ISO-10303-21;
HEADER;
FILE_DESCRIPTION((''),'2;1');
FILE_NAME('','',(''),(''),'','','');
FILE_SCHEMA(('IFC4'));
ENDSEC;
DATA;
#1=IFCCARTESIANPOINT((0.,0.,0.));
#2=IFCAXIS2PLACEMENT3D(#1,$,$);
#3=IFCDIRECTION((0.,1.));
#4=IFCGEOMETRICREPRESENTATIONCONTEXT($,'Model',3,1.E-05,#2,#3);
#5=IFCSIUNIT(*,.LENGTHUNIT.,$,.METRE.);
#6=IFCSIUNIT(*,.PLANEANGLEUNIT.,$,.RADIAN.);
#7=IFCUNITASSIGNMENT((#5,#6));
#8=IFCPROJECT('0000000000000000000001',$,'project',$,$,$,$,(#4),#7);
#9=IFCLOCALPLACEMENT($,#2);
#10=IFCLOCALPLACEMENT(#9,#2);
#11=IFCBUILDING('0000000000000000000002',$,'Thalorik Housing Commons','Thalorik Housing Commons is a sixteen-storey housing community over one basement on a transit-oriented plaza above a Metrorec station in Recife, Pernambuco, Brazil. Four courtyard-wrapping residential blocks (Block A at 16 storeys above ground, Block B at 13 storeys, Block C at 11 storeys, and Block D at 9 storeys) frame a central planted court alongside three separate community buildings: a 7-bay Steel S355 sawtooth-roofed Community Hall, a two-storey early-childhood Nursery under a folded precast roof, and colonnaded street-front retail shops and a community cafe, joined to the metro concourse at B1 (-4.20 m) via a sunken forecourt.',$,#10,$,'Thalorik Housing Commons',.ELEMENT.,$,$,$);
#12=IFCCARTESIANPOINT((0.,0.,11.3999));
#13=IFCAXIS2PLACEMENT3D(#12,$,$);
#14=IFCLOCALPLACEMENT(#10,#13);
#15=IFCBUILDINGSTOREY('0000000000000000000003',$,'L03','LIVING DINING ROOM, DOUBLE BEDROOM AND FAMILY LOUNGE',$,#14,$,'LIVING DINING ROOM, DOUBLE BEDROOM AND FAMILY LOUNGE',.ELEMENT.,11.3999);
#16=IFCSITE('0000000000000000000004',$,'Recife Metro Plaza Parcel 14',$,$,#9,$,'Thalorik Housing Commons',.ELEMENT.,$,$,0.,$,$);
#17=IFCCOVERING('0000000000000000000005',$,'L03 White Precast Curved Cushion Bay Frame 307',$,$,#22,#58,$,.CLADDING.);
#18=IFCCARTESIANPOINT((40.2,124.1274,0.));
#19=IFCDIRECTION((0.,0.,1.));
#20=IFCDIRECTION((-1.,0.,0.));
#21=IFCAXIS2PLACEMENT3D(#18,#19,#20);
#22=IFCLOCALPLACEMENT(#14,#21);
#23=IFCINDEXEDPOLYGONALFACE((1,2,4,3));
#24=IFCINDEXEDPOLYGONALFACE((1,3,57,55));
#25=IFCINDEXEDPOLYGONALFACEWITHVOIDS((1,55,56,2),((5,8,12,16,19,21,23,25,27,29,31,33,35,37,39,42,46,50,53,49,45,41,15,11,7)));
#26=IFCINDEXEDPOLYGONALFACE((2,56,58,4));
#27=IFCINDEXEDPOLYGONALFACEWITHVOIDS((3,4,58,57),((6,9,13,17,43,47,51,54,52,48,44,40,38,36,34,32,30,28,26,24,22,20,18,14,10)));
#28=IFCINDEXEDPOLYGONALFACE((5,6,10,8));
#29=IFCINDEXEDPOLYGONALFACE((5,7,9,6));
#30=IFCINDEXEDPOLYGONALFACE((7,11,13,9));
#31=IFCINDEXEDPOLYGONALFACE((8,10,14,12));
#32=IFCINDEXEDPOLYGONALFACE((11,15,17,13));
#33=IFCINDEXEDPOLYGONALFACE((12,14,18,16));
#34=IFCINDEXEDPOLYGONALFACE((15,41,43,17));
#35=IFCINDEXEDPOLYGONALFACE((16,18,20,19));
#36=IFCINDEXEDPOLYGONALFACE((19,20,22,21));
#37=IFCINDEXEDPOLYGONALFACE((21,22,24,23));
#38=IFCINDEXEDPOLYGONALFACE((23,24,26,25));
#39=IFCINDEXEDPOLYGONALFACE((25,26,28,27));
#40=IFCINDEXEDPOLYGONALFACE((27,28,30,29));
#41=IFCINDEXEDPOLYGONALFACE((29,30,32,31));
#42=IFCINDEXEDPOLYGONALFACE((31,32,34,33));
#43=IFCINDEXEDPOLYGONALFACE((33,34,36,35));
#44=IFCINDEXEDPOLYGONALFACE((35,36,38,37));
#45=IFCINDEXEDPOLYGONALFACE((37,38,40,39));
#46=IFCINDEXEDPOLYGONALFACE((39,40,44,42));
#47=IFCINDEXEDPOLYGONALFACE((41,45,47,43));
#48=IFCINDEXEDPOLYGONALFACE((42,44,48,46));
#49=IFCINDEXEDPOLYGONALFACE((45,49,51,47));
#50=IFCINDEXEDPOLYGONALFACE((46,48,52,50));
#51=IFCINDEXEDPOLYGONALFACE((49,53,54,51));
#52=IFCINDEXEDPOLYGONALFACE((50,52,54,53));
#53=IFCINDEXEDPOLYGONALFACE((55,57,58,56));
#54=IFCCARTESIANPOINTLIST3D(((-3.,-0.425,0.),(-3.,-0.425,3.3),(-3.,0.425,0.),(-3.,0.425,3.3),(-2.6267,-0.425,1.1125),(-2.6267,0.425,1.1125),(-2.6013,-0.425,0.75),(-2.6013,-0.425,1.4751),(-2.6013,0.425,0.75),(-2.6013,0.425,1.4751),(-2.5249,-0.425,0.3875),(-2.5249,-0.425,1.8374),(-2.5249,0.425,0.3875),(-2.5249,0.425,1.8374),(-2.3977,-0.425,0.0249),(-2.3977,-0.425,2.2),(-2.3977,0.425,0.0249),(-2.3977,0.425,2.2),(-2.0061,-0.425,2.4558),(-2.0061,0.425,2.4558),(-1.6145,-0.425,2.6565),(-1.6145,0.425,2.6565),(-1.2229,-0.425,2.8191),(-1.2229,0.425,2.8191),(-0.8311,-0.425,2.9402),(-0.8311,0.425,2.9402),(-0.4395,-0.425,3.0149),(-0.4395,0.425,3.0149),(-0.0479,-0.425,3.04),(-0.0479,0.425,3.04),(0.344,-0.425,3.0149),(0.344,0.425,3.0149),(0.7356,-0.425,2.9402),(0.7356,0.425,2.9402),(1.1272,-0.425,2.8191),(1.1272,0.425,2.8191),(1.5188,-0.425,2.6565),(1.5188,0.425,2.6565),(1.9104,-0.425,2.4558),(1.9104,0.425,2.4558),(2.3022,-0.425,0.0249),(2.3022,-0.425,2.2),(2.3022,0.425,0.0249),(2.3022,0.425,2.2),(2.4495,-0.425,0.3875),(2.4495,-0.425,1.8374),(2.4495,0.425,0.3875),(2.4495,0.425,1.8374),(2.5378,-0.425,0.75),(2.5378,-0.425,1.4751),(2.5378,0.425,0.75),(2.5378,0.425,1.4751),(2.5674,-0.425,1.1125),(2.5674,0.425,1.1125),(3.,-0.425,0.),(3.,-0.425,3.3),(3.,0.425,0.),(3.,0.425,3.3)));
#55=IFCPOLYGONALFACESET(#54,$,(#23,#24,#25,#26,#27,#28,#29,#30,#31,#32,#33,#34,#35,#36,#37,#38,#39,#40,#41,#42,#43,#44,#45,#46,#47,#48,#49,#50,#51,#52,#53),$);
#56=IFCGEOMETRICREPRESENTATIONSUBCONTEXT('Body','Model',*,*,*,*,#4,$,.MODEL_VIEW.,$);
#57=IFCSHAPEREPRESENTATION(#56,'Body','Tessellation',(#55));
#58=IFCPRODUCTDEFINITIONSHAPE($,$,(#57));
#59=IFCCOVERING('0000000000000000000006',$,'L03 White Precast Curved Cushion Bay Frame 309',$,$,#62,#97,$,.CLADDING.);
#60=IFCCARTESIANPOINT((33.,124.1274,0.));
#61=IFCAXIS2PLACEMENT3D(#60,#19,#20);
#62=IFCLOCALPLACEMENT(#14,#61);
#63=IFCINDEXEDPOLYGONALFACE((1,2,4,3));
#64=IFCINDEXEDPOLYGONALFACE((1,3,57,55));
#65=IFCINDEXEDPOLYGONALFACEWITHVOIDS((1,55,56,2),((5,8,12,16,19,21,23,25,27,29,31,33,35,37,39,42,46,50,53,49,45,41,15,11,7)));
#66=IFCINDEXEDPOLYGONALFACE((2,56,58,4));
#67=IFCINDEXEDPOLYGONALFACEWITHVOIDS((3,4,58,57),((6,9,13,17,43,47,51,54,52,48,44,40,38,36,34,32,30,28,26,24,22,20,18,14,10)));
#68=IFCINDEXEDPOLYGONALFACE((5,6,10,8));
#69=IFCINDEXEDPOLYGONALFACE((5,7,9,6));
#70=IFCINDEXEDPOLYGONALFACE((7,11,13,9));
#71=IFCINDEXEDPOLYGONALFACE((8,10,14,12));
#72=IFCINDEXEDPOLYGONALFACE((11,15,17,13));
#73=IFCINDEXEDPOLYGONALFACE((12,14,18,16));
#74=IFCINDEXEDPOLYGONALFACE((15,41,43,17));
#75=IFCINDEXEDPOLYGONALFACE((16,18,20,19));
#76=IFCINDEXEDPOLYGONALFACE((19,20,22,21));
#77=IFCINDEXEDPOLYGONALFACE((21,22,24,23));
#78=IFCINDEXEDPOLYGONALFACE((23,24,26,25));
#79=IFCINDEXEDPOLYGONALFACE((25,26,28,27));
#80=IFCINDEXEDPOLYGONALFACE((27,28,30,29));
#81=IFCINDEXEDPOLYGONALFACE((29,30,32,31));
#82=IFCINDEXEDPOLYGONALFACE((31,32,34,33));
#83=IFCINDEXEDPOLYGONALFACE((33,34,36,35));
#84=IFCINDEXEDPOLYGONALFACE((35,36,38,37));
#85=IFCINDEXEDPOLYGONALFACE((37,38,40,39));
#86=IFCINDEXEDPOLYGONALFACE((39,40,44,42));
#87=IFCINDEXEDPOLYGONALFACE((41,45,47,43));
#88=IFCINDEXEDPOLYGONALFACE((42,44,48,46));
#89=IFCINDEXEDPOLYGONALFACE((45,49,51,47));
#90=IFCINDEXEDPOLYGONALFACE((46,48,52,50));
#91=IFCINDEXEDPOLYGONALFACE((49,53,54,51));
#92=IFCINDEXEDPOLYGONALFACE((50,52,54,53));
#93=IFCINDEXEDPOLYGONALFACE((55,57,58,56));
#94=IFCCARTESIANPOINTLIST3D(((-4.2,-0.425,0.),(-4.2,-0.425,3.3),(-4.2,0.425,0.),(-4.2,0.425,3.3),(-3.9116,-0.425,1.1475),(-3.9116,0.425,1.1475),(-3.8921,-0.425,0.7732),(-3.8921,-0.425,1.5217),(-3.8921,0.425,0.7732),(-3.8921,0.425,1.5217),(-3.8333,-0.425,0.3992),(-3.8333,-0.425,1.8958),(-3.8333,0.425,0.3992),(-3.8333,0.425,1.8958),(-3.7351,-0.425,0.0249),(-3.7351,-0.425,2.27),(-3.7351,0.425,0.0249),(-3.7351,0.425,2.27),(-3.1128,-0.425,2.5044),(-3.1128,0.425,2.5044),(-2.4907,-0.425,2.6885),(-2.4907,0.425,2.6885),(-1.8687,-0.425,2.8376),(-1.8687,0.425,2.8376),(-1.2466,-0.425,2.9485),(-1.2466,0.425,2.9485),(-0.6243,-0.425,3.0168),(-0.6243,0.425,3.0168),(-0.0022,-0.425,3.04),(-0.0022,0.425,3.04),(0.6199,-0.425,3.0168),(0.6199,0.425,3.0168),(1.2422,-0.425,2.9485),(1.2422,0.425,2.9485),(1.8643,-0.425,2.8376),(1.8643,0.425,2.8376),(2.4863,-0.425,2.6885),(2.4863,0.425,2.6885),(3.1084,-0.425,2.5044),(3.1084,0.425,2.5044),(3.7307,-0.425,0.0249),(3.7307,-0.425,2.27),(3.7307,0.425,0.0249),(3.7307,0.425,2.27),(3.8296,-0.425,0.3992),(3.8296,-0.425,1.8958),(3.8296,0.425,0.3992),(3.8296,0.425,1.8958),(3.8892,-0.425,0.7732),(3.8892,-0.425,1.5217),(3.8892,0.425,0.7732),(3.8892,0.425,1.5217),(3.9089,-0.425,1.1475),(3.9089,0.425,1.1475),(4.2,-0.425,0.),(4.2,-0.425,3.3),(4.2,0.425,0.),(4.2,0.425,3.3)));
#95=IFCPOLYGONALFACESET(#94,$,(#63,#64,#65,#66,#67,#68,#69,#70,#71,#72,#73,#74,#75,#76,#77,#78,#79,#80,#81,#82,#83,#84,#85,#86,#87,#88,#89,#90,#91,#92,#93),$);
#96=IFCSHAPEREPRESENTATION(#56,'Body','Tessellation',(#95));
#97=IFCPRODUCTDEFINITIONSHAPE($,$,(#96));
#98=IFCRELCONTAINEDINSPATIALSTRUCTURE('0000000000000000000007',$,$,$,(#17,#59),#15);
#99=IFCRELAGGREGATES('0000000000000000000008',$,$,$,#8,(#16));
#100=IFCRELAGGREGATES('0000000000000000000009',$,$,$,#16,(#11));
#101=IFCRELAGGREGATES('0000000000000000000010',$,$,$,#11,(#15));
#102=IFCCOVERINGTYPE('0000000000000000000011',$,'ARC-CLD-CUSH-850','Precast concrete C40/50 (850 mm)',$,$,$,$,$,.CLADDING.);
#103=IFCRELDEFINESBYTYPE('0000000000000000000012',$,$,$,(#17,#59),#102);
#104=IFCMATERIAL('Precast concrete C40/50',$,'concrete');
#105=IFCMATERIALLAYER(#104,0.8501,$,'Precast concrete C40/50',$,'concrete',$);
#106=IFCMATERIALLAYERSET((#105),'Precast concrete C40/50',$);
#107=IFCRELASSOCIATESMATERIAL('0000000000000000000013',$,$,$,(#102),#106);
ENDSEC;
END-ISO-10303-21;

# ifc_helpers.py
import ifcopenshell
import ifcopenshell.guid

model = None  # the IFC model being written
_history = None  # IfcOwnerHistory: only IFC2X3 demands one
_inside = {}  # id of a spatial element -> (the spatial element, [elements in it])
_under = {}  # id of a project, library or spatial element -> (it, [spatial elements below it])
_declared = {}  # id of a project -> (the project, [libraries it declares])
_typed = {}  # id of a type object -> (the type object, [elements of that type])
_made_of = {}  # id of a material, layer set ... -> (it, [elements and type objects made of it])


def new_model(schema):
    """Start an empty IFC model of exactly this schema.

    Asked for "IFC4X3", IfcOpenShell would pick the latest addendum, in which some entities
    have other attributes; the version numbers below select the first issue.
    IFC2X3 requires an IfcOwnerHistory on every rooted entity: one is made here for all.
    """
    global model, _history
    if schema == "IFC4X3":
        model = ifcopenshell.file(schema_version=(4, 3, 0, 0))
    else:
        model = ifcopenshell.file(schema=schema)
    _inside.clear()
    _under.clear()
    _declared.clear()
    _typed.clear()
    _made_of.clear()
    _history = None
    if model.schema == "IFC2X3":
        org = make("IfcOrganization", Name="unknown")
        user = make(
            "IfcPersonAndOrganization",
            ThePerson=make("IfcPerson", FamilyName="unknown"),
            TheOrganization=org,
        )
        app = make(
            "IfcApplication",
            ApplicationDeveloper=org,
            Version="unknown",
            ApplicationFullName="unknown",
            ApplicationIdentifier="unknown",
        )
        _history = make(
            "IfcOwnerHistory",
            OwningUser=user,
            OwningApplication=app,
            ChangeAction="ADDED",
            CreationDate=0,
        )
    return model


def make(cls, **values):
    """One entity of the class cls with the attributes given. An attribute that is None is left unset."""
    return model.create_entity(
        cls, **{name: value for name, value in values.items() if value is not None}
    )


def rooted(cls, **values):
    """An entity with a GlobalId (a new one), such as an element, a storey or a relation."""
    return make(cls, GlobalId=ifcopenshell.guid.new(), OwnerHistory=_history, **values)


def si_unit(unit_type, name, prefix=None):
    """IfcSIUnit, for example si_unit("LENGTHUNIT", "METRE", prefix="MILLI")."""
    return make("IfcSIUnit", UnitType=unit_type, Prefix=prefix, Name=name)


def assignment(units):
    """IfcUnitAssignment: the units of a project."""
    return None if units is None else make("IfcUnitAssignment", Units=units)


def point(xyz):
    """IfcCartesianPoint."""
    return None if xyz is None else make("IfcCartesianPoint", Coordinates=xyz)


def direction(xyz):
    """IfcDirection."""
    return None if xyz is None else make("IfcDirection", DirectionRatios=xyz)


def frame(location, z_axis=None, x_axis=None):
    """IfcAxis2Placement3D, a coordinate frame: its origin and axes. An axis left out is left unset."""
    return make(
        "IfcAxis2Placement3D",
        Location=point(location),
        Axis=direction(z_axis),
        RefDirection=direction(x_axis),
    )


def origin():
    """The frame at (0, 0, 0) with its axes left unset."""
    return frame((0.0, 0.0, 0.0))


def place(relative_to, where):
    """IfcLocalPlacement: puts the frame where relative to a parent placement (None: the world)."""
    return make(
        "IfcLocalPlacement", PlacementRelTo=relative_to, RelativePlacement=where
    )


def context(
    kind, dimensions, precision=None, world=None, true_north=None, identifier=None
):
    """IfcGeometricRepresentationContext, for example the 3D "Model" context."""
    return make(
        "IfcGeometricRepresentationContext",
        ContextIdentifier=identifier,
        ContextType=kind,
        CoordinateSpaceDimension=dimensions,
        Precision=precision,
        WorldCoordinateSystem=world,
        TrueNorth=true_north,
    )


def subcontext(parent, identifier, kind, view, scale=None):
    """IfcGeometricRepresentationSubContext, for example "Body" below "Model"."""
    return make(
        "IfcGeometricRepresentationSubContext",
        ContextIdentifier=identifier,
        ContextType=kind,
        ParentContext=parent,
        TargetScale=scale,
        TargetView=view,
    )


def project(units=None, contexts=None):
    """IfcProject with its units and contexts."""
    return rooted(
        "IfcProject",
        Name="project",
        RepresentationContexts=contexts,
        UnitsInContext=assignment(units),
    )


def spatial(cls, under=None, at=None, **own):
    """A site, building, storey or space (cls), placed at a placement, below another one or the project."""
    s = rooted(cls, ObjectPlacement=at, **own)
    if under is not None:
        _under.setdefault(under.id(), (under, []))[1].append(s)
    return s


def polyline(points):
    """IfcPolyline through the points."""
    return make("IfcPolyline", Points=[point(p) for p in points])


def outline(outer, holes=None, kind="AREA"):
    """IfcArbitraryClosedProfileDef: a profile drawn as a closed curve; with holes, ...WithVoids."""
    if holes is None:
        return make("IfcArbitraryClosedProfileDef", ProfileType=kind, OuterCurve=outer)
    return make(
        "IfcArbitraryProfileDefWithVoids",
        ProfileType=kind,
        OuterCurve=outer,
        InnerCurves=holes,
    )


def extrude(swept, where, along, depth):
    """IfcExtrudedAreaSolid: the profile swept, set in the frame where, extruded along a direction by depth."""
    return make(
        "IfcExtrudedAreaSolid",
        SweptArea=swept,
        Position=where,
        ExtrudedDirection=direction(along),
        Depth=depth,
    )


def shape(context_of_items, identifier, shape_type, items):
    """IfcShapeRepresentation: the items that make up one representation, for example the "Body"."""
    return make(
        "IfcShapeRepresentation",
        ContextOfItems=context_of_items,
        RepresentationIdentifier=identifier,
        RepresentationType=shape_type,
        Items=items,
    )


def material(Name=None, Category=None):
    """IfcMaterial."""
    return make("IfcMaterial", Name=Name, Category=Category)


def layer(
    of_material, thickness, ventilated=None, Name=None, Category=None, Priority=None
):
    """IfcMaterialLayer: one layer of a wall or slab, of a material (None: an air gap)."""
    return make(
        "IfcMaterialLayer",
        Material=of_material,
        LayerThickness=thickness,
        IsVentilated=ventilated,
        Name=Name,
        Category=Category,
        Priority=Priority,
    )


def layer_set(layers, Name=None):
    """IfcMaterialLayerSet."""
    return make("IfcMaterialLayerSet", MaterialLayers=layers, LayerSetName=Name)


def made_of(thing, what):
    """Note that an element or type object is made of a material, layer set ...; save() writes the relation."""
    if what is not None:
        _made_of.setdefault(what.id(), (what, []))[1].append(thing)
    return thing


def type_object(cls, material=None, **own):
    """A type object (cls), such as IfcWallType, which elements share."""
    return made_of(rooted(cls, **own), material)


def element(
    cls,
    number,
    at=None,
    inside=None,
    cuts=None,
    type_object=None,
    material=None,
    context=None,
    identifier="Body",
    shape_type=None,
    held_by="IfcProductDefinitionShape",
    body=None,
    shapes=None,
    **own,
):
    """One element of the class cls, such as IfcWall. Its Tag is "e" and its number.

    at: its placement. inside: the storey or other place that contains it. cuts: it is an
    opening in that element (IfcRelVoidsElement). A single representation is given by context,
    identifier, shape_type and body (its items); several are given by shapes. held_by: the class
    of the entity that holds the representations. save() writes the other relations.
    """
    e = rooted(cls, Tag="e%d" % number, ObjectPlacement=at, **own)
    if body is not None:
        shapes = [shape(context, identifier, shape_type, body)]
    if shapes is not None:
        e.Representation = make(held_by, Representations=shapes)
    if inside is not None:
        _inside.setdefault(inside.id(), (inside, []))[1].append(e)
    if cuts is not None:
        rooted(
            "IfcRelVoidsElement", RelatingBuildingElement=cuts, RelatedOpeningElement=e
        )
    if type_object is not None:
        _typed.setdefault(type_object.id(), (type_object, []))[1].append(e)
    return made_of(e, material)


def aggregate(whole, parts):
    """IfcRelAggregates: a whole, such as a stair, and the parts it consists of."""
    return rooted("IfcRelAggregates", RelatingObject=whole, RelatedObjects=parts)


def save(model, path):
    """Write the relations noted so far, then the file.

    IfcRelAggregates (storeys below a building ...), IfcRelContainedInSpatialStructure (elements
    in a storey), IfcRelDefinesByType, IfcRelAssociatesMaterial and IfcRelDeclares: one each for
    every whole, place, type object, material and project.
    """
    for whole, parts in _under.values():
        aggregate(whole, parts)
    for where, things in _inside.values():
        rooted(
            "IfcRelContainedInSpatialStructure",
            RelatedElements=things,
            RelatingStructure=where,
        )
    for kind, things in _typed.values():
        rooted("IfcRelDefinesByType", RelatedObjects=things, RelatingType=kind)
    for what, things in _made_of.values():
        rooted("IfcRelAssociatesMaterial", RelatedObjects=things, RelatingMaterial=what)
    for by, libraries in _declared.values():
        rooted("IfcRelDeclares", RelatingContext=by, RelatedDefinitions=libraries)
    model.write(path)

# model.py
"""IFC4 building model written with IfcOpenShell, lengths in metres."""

from ifc_helpers import new_model, si_unit, direction, frame, origin, place, context, subcontext, project, spatial, polyline, outline, extrude, material, layer, layer_set, type_object, element, save


model = new_model("IFC4")

# Units and contexts
model_context = context("Model", 3, precision=1e-05, world=origin(), true_north=direction((0.0, 1.0)))
body_context = subcontext(model_context, "Body", "Model", "MODEL_VIEW")
ifc_project = project(units=[si_unit("LENGTHUNIT", "METRE"), si_unit("PLANEANGLEUNIT", "RADIAN")], contexts=[model_context])

# Site, building, storey
site_placement = place(None, origin())
site = spatial("IfcSite", under=ifc_project, at=site_placement, Name="Recife Metro Plaza Parcel 14", LongName="Thalorik Housing Commons", CompositionType="ELEMENT", RefElevation=0.0)
building_placement = place(site_placement, origin())
building = spatial("IfcBuilding", under=site, at=building_placement, Name="Thalorik Housing Commons", Description="Thalorik Housing Commons is a sixteen-storey housing community over one basement on a transit-oriented plaza above a Metrorec station in Recife, Pernambuco, Brazil. Four courtyard-wrapping residential blocks (Block A at 16 storeys above ground, Block B at 13 storeys, Block C at 11 storeys, and Block D at 9 storeys) frame a central planted court alongside three separate community buildings: a 7-bay Steel S355 sawtooth-roofed Community Hall, a two-storey early-childhood Nursery under a folded precast roof, and colonnaded street-front retail shops and a community cafe, joined to the metro concourse at B1 (-4.20 m) via a sunken forecourt.", LongName="Thalorik Housing Commons", CompositionType="ELEMENT")
storey_placement = place(building_placement, frame((0.0, 0.0, 11.3999)))
storey = spatial("IfcBuildingStorey", under=building, at=storey_placement, Name="L03", Description="LIVING DINING ROOM, DOUBLE BEDROOM AND FAMILY LOUNGE", LongName="LIVING DINING ROOM, DOUBLE BEDROOM AND FAMILY LOUNGE", CompositionType="ELEMENT", Elevation=11.3999)

# Shared definitions
ifc_material_1 = material(Name="Precast concrete C40/50", Category="concrete")

# Coverings
ifc_layer_1 = layer(ifc_material_1, 0.8501, Name="Precast concrete C40/50", Category="concrete")
ifc_layer_set_1 = layer_set([ifc_layer_1], Name="Precast concrete C40/50")
covering_type_1 = type_object("IfcCoveringType", Name="ARC-CLD-CUSH-850", Description="Precast concrete C40/50 (850 mm)", PredefinedType="CLADDING", material=ifc_layer_set_1)
covering_1_placement = place(storey_placement, frame((40.2, 124.1274, 0.0), z_axis=(0.0, 0.0, 1.0), x_axis=(-1.0, 0.0, 0.0)))
element("IfcCovering", 1, at=covering_1_placement, inside=storey, type_object=covering_type_1, Name="L03 White Precast Curved Cushion Bay Frame 307", PredefinedType="CLADDING", context=body_context, shape_type="SweptSolid", body=[
    extrude(outline(polyline([(-3.0, 0.0), (3.0, 0.0), (3.0, 3.3), (-3.0, 3.3), (-3.0, 0.0)]), holes=[polyline([(2.3022, 0.0249), (2.4495, 0.3875), (2.5378, 0.75), (2.5674, 1.1125), (2.5378, 1.4751), (2.4495, 1.8374), (2.3022, 2.2), (1.9104, 2.4558), (1.5188, 2.6565), (1.1272, 2.8191), (0.7356, 2.9402), (0.344, 3.0149), (-0.0479, 3.04), (-0.4395, 3.0149), (-0.8311, 2.9402), (-1.2229, 2.8191), (-1.6145, 2.6565), (-2.0061, 2.4558), (-2.3977, 2.2), (-2.5249, 1.8374), (-2.6013, 1.4751), (-2.6267, 1.1125), (-2.6013, 0.75), (-2.5249, 0.3875), (-2.3977, 0.0249), (2.3022, 0.0249)])]), frame((0.0, 0.425, 0.0), z_axis=(0.0, -1.0, 0.0), x_axis=(1.0, 0.0, 0.0)), (0.0, 0.0, 1.0), 0.8501),
])
covering_2_placement = place(storey_placement, frame((33.0, 124.1274, 0.0), z_axis=(0.0, 0.0, 1.0), x_axis=(-1.0, 0.0, 0.0)))
element("IfcCovering", 2, at=covering_2_placement, inside=storey, type_object=covering_type_1, Name="L03 White Precast Curved Cushion Bay Frame 309", PredefinedType="CLADDING", context=body_context, shape_type="SweptSolid", body=[
    extrude(outline(polyline([(-4.2, 0.0), (4.2, 0.0), (4.2, 3.3), (-4.2, 3.3), (-4.2, 0.0)]), holes=[polyline([(3.7307, 0.0249), (3.8296, 0.3992), (3.8892, 0.7732), (3.9089, 1.1475), (3.8892, 1.5217), (3.8296, 1.8958), (3.7307, 2.27), (3.1084, 2.5044), (2.4863, 2.6885), (1.8643, 2.8376), (1.2422, 2.9485), (0.6199, 3.0168), (-0.0022, 3.04), (-0.6243, 3.0168), (-1.2466, 2.9485), (-1.8687, 2.8376), (-2.4907, 2.6885), (-3.1128, 2.5044), (-3.7351, 2.27), (-3.8333, 1.8958), (-3.8921, 1.5217), (-3.9116, 1.1475), (-3.8921, 0.7732), (-3.8333, 0.3992), (-3.7351, 0.0249), (3.7307, 0.0249)])]), frame((0.0, 0.425, 0.0), z_axis=(0.0, -1.0, 0.0), x_axis=(1.0, 0.0, 0.0)), (0.0, 0.0, 1.0), 0.8501),
])

save(model, "model.ifc")
